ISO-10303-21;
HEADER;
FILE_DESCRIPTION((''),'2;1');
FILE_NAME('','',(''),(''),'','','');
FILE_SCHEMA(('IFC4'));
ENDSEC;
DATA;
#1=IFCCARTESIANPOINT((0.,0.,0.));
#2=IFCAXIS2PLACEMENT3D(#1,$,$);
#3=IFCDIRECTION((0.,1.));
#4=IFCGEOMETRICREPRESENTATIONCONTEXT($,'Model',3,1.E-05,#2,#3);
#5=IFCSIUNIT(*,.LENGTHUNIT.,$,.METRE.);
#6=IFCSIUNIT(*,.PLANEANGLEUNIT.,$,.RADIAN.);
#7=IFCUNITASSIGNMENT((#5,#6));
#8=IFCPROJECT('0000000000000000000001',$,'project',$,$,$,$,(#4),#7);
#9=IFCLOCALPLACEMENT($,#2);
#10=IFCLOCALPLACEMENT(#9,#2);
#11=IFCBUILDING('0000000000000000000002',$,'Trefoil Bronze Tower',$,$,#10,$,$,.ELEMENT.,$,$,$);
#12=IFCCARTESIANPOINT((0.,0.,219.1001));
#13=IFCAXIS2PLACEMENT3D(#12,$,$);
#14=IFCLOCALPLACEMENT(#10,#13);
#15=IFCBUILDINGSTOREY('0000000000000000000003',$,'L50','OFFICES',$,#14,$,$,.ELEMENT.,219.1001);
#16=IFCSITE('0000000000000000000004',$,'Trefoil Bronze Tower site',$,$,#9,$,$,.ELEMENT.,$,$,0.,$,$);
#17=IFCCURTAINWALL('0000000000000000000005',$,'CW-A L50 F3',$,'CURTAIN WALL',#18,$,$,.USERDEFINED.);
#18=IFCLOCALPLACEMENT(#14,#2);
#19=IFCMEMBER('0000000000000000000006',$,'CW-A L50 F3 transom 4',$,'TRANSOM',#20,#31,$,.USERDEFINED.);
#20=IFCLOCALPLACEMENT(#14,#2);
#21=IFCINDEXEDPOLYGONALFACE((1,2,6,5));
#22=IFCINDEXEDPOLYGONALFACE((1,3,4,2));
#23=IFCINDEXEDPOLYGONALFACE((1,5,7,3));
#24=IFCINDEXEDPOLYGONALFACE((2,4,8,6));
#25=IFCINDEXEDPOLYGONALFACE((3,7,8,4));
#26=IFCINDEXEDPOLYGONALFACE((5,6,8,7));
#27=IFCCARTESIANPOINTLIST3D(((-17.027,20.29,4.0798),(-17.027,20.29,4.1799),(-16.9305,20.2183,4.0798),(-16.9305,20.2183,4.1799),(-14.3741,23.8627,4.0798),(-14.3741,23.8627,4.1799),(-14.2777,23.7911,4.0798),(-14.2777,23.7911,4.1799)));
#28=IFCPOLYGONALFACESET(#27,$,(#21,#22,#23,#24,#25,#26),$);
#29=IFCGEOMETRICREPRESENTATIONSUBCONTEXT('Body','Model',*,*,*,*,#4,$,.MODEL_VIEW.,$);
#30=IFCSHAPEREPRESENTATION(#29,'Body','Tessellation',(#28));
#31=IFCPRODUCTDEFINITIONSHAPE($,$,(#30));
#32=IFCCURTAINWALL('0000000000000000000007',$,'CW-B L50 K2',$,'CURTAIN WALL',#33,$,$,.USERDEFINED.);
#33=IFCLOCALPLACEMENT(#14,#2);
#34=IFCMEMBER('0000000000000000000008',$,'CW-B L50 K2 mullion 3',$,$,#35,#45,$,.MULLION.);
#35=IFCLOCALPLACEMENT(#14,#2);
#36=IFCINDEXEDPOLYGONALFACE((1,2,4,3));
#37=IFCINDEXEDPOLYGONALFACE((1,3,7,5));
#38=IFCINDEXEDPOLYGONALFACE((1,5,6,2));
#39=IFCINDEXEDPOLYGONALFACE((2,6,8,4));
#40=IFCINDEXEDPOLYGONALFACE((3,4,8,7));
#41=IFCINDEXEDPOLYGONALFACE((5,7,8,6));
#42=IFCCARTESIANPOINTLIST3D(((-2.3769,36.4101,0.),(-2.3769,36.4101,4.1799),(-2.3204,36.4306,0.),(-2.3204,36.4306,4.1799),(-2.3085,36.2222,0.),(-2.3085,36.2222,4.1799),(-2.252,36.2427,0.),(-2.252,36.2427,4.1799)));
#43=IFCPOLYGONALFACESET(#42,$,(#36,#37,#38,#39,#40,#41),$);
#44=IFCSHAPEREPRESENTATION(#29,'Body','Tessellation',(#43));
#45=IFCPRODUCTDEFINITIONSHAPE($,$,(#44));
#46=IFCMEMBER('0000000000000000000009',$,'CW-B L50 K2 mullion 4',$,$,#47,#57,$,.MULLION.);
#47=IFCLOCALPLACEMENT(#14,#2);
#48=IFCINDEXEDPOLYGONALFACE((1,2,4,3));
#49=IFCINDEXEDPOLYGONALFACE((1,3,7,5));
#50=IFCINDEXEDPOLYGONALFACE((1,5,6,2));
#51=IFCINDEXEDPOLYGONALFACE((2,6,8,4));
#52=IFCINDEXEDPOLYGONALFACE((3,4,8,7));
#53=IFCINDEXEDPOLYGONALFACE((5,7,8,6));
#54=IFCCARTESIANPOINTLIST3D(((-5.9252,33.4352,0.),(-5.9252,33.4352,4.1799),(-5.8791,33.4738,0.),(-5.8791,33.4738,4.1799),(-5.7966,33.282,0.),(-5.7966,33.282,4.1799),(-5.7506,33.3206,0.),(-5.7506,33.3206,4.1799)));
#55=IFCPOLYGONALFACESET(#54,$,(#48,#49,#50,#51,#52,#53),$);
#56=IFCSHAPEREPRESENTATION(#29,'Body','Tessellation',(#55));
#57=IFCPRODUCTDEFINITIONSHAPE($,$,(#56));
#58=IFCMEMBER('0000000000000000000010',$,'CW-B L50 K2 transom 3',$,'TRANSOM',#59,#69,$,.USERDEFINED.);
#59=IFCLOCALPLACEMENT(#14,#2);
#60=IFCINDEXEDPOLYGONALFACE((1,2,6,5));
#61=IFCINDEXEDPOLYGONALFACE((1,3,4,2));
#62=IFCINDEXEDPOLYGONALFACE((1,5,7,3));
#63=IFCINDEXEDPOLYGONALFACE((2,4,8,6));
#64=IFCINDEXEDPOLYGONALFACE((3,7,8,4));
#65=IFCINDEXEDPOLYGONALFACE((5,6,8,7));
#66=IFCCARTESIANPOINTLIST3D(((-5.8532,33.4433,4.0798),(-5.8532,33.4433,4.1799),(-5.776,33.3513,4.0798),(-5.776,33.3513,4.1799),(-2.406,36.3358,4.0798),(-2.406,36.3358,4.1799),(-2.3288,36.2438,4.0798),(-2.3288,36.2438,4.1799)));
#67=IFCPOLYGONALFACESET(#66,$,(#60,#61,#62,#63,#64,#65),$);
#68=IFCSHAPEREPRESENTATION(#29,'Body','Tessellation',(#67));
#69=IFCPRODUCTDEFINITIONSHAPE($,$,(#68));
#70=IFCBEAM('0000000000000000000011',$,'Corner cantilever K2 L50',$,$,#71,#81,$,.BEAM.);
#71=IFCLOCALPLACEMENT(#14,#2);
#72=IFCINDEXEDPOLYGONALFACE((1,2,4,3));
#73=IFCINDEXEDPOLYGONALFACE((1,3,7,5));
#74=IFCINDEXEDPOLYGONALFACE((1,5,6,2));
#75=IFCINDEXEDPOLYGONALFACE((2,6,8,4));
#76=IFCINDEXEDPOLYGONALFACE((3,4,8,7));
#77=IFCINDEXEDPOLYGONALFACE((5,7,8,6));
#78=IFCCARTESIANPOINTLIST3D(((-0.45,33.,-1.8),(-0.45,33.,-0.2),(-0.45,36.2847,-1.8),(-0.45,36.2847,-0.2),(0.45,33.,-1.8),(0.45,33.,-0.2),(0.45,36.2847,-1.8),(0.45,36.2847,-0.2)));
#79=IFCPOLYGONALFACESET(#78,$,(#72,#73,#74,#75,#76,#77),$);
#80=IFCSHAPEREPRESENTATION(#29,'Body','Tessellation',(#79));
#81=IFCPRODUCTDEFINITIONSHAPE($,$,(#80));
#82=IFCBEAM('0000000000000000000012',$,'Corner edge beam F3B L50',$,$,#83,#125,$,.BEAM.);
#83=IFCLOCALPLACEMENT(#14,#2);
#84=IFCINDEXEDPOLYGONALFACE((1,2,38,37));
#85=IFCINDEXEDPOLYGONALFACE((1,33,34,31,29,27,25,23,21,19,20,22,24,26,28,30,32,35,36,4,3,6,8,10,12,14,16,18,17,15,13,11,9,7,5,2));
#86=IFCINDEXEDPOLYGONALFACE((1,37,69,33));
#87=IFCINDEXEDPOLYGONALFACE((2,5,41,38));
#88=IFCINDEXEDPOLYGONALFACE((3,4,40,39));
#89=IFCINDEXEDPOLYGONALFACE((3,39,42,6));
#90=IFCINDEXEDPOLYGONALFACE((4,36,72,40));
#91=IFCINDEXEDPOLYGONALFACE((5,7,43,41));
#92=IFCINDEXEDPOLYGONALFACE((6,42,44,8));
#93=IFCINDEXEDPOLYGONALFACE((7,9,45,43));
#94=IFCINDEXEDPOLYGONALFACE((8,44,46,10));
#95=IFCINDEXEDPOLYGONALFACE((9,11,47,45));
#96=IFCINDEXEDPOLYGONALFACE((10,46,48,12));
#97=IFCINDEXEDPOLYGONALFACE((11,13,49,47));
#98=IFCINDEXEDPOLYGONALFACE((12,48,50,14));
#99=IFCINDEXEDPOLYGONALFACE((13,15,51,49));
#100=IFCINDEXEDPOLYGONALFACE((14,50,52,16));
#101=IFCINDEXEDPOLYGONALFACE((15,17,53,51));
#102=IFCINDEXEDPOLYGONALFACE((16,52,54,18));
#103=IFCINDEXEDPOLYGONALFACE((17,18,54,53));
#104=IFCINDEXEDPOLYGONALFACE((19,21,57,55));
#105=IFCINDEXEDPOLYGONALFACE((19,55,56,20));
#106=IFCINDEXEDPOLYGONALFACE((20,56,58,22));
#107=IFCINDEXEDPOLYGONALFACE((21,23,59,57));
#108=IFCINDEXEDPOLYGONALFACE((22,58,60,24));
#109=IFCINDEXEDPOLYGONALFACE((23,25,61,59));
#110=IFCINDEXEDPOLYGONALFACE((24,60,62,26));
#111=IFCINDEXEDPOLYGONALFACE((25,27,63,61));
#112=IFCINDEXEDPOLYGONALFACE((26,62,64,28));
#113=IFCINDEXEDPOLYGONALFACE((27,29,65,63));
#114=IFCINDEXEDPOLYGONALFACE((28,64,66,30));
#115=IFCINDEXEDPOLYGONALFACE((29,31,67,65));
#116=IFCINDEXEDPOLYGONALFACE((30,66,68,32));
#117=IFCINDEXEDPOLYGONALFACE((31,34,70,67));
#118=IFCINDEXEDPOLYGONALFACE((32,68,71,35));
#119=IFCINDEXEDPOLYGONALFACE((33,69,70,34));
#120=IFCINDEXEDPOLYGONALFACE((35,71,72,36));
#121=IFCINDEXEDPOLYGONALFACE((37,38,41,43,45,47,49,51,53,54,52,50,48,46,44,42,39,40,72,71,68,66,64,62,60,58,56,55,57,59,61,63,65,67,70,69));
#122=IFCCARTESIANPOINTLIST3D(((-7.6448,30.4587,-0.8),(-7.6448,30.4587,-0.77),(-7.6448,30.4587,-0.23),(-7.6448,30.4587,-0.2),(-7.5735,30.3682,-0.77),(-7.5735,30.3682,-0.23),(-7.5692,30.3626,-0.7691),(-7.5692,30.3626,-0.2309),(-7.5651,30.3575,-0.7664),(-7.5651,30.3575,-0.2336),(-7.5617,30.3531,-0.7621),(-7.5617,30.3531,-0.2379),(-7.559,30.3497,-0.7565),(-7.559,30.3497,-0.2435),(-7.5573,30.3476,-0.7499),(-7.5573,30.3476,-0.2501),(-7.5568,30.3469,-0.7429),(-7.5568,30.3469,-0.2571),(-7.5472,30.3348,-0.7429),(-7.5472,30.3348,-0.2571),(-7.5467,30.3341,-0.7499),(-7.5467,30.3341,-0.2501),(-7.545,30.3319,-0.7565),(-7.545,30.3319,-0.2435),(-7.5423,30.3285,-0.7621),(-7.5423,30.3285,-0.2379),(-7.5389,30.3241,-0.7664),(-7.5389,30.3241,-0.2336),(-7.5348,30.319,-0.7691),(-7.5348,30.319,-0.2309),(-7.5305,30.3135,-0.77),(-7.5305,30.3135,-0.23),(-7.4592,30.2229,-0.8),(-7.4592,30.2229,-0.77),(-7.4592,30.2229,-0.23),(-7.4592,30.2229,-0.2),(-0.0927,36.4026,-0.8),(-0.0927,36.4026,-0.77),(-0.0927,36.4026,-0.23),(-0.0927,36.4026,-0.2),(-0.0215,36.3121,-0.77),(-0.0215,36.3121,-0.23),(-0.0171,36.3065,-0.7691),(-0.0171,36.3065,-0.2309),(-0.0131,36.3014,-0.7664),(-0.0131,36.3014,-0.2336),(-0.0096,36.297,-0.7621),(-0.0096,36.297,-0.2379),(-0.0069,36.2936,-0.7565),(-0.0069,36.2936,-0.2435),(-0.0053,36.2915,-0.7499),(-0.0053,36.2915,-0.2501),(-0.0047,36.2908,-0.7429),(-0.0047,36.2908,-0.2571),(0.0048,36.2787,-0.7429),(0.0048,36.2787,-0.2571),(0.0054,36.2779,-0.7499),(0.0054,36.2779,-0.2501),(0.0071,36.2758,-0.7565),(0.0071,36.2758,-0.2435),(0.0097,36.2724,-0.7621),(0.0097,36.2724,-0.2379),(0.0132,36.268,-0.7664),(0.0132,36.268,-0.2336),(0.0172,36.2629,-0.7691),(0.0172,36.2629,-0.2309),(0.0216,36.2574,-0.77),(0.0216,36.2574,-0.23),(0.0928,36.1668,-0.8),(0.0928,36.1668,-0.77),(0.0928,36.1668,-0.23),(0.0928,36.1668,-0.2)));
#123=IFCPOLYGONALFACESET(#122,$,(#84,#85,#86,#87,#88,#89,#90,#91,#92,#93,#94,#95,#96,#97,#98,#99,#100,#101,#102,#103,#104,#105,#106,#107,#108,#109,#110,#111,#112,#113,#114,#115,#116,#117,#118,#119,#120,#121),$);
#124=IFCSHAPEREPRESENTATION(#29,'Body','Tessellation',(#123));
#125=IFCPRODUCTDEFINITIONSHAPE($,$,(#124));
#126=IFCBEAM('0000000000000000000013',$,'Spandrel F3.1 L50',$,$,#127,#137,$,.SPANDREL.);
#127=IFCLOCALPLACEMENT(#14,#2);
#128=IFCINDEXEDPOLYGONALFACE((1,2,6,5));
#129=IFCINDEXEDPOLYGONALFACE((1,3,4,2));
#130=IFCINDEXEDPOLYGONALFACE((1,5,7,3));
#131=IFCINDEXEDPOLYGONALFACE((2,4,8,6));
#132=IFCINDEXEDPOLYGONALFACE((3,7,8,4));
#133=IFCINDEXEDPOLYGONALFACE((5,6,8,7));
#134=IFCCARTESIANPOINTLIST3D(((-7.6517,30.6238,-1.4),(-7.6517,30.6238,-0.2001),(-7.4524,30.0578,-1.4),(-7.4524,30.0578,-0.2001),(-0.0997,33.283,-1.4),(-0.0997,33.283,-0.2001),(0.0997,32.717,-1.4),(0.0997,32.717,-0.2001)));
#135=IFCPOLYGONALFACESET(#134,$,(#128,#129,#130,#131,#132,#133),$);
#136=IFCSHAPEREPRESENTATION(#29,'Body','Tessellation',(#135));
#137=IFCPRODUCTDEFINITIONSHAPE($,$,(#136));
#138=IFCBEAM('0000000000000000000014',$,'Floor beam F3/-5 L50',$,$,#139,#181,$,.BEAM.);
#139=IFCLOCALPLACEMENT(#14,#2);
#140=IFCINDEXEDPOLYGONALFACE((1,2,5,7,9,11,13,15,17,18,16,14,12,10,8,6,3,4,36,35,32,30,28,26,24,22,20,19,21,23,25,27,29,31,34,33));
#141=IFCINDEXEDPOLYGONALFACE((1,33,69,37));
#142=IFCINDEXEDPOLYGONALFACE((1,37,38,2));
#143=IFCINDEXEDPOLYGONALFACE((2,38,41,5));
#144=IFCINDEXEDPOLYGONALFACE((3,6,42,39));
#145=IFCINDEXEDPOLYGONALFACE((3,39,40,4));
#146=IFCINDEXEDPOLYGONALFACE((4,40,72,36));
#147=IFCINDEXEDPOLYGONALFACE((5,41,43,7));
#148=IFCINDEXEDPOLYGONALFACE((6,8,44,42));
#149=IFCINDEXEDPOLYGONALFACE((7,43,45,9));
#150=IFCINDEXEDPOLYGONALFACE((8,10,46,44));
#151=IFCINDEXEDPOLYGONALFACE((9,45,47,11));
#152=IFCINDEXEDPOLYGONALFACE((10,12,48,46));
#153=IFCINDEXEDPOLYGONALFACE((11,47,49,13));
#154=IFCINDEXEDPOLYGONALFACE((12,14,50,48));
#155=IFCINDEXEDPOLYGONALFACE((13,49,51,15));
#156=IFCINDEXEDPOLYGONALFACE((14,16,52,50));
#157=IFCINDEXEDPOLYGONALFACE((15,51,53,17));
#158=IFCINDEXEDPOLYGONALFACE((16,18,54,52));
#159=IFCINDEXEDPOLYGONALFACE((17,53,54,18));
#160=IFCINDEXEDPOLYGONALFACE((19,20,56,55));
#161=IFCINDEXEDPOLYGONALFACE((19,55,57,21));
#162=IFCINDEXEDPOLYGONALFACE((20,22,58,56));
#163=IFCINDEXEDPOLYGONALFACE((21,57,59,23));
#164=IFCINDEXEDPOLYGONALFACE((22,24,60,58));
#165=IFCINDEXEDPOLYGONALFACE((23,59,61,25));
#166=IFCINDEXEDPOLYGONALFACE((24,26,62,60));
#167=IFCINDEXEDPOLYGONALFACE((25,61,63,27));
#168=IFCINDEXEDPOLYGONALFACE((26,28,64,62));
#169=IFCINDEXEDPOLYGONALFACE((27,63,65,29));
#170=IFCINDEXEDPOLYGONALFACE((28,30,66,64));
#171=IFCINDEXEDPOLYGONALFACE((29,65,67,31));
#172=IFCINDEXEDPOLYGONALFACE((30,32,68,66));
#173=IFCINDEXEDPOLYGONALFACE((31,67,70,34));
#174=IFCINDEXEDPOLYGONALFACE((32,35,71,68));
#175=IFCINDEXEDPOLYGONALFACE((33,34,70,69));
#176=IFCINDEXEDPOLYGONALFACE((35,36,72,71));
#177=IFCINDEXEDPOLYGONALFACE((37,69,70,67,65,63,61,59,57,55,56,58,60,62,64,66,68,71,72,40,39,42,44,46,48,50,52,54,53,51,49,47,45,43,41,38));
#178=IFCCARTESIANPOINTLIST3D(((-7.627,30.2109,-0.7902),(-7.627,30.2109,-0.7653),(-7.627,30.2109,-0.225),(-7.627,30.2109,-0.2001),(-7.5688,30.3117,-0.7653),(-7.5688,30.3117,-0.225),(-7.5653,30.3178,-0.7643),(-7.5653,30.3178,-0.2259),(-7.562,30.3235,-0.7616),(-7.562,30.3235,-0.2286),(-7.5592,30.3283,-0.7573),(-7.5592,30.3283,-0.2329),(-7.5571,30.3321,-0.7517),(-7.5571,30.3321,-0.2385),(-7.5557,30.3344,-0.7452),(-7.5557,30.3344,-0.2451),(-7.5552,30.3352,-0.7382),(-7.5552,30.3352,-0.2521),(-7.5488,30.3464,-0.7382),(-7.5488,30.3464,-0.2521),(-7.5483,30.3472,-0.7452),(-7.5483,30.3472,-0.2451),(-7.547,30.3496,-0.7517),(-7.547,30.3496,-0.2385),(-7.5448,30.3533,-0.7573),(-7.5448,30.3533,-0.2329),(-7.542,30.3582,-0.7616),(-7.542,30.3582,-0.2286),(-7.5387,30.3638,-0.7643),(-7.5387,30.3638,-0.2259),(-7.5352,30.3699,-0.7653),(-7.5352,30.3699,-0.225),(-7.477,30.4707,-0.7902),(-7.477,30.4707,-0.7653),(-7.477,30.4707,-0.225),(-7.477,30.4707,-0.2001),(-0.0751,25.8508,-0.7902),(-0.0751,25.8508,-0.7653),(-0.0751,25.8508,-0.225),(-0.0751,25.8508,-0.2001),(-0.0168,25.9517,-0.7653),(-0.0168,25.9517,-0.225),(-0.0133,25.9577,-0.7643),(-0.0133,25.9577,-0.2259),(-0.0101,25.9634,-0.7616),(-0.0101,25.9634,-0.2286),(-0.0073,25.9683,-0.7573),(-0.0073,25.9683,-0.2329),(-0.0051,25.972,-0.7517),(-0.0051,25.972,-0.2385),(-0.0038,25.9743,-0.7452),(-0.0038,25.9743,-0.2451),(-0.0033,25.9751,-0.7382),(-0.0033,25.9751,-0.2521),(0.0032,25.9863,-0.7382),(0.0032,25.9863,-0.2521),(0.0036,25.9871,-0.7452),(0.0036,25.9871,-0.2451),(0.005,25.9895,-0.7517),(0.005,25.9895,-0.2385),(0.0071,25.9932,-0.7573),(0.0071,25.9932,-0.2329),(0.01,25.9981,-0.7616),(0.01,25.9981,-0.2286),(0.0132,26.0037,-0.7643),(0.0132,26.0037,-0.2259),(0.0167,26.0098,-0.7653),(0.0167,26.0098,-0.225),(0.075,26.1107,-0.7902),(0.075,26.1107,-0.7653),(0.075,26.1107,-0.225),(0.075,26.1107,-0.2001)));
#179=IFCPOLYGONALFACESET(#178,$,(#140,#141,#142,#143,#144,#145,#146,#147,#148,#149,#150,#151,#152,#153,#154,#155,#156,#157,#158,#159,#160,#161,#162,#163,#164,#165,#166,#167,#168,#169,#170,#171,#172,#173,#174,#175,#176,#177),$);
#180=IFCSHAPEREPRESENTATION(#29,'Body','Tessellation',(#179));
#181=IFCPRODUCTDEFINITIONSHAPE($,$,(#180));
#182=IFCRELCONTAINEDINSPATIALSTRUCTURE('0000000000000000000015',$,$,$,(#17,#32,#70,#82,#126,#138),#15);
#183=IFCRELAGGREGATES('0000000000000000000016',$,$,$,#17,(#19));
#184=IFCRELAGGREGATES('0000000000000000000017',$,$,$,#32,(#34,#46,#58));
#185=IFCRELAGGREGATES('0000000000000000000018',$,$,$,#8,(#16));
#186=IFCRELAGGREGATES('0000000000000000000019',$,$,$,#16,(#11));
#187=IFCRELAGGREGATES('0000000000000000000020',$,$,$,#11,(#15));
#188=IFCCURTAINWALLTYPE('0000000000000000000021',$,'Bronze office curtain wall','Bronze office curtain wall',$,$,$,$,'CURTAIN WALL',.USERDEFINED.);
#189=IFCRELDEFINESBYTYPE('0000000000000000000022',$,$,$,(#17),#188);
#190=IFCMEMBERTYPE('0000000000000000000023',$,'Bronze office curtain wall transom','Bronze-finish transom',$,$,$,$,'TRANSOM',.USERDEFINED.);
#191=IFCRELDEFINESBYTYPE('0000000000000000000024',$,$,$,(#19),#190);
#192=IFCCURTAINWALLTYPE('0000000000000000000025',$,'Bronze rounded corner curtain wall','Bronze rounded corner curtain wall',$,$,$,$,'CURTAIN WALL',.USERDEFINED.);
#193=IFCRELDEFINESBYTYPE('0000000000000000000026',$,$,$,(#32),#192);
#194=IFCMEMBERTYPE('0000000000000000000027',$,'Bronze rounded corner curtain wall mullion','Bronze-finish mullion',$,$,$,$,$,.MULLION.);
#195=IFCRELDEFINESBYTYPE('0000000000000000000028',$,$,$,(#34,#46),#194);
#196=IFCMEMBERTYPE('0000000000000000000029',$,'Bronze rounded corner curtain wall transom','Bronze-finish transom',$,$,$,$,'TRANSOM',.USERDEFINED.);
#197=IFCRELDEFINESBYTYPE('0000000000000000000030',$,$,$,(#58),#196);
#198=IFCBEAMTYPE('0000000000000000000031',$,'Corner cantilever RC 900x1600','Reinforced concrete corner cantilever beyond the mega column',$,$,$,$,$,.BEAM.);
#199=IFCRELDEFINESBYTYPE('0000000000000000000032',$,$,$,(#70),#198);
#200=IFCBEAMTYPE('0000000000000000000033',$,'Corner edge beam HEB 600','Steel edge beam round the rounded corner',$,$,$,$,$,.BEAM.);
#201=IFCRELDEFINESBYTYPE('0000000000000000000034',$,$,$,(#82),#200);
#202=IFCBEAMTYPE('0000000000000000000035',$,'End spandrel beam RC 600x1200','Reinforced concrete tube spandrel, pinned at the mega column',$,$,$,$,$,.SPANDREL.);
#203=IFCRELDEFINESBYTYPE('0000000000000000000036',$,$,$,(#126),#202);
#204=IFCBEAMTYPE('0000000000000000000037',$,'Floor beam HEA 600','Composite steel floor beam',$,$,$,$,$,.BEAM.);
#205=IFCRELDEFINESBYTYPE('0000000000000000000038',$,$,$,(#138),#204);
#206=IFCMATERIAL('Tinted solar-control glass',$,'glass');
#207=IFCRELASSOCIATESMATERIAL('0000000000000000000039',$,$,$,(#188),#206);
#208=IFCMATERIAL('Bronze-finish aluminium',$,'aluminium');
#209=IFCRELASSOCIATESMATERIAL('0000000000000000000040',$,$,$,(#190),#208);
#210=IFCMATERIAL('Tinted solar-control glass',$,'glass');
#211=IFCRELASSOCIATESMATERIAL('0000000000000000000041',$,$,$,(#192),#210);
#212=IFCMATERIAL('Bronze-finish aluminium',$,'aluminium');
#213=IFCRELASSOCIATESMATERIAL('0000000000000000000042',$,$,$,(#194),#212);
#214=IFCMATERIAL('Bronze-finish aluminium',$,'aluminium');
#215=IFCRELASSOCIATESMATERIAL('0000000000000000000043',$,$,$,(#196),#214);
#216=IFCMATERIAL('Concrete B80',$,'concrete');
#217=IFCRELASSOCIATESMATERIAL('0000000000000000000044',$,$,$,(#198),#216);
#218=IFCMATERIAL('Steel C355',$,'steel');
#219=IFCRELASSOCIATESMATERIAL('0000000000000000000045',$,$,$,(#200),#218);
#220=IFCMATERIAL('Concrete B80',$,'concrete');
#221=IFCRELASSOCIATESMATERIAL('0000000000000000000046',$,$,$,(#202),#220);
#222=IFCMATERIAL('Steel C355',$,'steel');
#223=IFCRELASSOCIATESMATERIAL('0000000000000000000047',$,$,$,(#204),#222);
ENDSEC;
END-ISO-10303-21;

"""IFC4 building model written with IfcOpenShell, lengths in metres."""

from ifc_helpers import new_model, si_unit, direction, frame, origin, origin_2d, place, context, subcontext, project, spatial, rectangle, i_section, extrude, material, material_profile, profile_set, type_object, element, aggregate, save


model = new_model("IFC4")

# Units and contexts
model_context = context("Model", 3, precision=1e-05, world=origin(), true_north=direction((0.0, 1.0)))
body_context = subcontext(model_context, "Body", "Model", "MODEL_VIEW")
ifc_project = project(units=[si_unit("LENGTHUNIT", "METRE"), si_unit("PLANEANGLEUNIT", "RADIAN")], contexts=[model_context])

# Site, building, storey
site_placement = place(None, origin())
site = spatial("IfcSite", under=ifc_project, at=site_placement, Name="Trefoil Bronze Tower site", CompositionType="ELEMENT", RefElevation=0.0)
building_placement = place(site_placement, origin())
building = spatial("IfcBuilding", under=site, at=building_placement, Name="Trefoil Bronze Tower", CompositionType="ELEMENT")
storey_placement = place(building_placement, frame((0.0, 0.0, 219.1001)))
storey = spatial("IfcBuildingStorey", under=building, at=storey_placement, Name="L50", Description="OFFICES", CompositionType="ELEMENT", Elevation=219.1001)

# Curtain walls, members
ifc_material_1 = material(Name="Tinted solar-control glass", Category="glass")
curtain_wall_type_1 = type_object("IfcCurtainWallType", Name="Bronze office curtain wall", Description="Bronze office curtain wall", ElementType="CURTAIN WALL", PredefinedType="USERDEFINED", material=ifc_material_1)
curtain_wall_1_placement = place(storey_placement, origin())
curtain_wall_1 = element("IfcCurtainWall", 1, at=curtain_wall_1_placement, inside=storey, type_object=curtain_wall_type_1, Name="CW-A L50 F3", ObjectType="CURTAIN WALL", PredefinedType="USERDEFINED")
ifc_material_2 = material(Name="Bronze-finish aluminium", Category="aluminium")
ifc_material_profile_1 = material_profile(ifc_material_2, rectangle(XDim=0.1201, YDim=0.1001, at=origin_2d()), Name="CW-A transom")
ifc_profile_set_1 = profile_set([ifc_material_profile_1], Name="Bronze-finish aluminium")
member_type_1 = type_object("IfcMemberType", Name="Bronze office curtain wall transom", Description="Bronze-finish transom", ElementType="TRANSOM", PredefinedType="USERDEFINED", material=ifc_profile_set_1)
member_1_placement = place(storey_placement, frame((-14.3259, 23.8269, 4.1299), z_axis=(-0.596148, -0.802874, 0.0), x_axis=(0.802874, -0.596148, 0.0)))
member_1 = element("IfcMember", 2, at=member_1_placement, type_object=member_type_1, Name="CW-A L50 F3 transom 4", ObjectType="TRANSOM", PredefinedType="USERDEFINED", context=body_context, shape_type="SweptSolid", body=[
    extrude(rectangle(XDim=0.1201, YDim=0.1001, at=origin_2d()), origin(), (0.0, 0.0, 1.0), 4.45),
])
ifc_material_3 = material(Name="Tinted solar-control glass", Category="glass")
curtain_wall_type_2 = type_object("IfcCurtainWallType", Name="Bronze rounded corner curtain wall", Description="Bronze rounded corner curtain wall", ElementType="CURTAIN WALL", PredefinedType="USERDEFINED", material=ifc_material_3)
curtain_wall_2_placement = place(storey_placement, origin())
curtain_wall_2 = element("IfcCurtainWall", 3, at=curtain_wall_2_placement, inside=storey, type_object=curtain_wall_type_2, Name="CW-B L50 K2", ObjectType="CURTAIN WALL", PredefinedType="USERDEFINED")
ifc_material_4 = material(Name="Bronze-finish aluminium", Category="aluminium")
ifc_material_profile_2 = material_profile(ifc_material_4, rectangle(XDim=0.2, YDim=0.0601, at=origin_2d()), Name="CW-B mullion")
ifc_profile_set_2 = profile_set([ifc_material_profile_2], Name="Bronze-finish aluminium")
member_type_2 = type_object("IfcMemberType", Name="Bronze rounded corner curtain wall mullion", Description="Bronze-finish mullion", PredefinedType="MULLION", material=ifc_profile_set_2)
member_2_placement = place(storey_placement, frame((-2.3145, 36.3264, 0.0), z_axis=(0.0, 0.0, 1.0), x_axis=(0.34202, -0.939693, 0.0)))
member_2 = element("IfcMember", 4, at=member_2_placement, type_object=member_type_2, Name="CW-B L50 K2 mullion 3", PredefinedType="MULLION", context=body_context, shape_type="SweptSolid", body=[
    extrude(rectangle(XDim=0.2, YDim=0.0601, at=origin_2d()), origin(), (0.0, 0.0, 1.0), 4.1799),
])
member_3_placement = place(storey_placement, frame((-5.8379, 33.3779, 0.0), z_axis=(0.0, 0.0, 1.0), x_axis=(0.642788, -0.766044, 0.0)))
member_3 = element("IfcMember", 5, at=member_3_placement, type_object=member_type_2, Name="CW-B L50 K2 mullion 4", PredefinedType="MULLION", context=body_context, shape_type="SweptSolid", body=[
    extrude(rectangle(XDim=0.2, YDim=0.0601, at=origin_2d()), origin(), (0.0, 0.0, 1.0), 4.1799),
])
ifc_material_5 = material(Name="Bronze-finish aluminium", Category="aluminium")
ifc_material_profile_3 = material_profile(ifc_material_5, rectangle(XDim=0.1201, YDim=0.1001, at=origin_2d()), Name="CW-B transom")
ifc_profile_set_3 = profile_set([ifc_material_profile_3], Name="Bronze-finish aluminium")
member_type_3 = type_object("IfcMemberType", Name="Bronze rounded corner curtain wall transom", Description="Bronze-finish transom", ElementType="TRANSOM", PredefinedType="USERDEFINED", material=ifc_profile_set_3)
member_4_placement = place(storey_placement, frame((-2.3674, 36.2898, 4.1299), z_axis=(-0.766047, -0.642785, 0.0), x_axis=(0.642785, -0.766047, 0.0)))
member_4 = element("IfcMember", 6, at=member_4_placement, type_object=member_type_3, Name="CW-B L50 K2 transom 3", ObjectType="TRANSOM", PredefinedType="USERDEFINED", context=body_context, shape_type="SweptSolid", body=[
    extrude(rectangle(XDim=0.1201, YDim=0.1001, at=origin_2d()), origin(), (0.0, 0.0, 1.0), 4.5),
])

# Beams
ifc_material_6 = material(Name="Concrete B80", Category="concrete")
ifc_material_profile_4 = material_profile(ifc_material_6, rectangle(XDim=0.8999, YDim=1.6001, at=origin_2d()), Name="RC 900x1600")
ifc_profile_set_4 = profile_set([ifc_material_profile_4], Name="Concrete B80")
beam_type_1 = type_object("IfcBeamType", Name="Corner cantilever RC 900x1600", Description="Reinforced concrete corner cantilever beyond the mega column", PredefinedType="BEAM", material=ifc_profile_set_4)
beam_1_placement = place(storey_placement, frame((0.0, 33.0, -1.0), z_axis=(0.0, 1.0, 0.0), x_axis=(-1.0, 0.0, 0.0)))
element("IfcBeam", 7, at=beam_1_placement, inside=storey, type_object=beam_type_1, Name="Corner cantilever K2 L50", PredefinedType="BEAM", context=body_context, shape_type="SweptSolid", body=[
    extrude(rectangle(XDim=0.8999, YDim=1.6001, at=origin_2d()), origin(), (0.0, 0.0, 1.0), 3.2847),
])
ifc_material_7 = material(Name="Steel C355", Category="steel")
ifc_material_profile_5 = material_profile(ifc_material_7, i_section(OverallWidth=0.3, OverallDepth=0.6001, WebThickness=0.0154, FlangeThickness=0.03, FilletRadius=0.0271, at=origin_2d()), Name="HEB 600")
ifc_profile_set_5 = profile_set([ifc_material_profile_5], Name="Steel C355")
beam_type_2 = type_object("IfcBeamType", Name="Corner edge beam HEB 600", Description="Steel edge beam round the rounded corner", PredefinedType="BEAM", material=ifc_profile_set_5)
beam_2_placement = place(storey_placement, frame((-7.552, 30.3408, -0.5), z_axis=(0.785806, 0.618473, 0.0), x_axis=(-0.618473, 0.785806, 0.0)))
element("IfcBeam", 8, at=beam_2_placement, inside=storey, type_object=beam_type_2, Name="Corner edge beam F3B L50", PredefinedType="BEAM", context=body_context, shape_type="SweptSolid", body=[
    extrude(i_section(OverallWidth=0.3, OverallDepth=0.6001, WebThickness=0.0154, FlangeThickness=0.03, FilletRadius=0.0271, at=origin_2d()), origin(), (0.0, 0.0, 1.0), 9.6106),
])
ifc_material_8 = material(Name="Concrete B80", Category="concrete")
ifc_material_profile_6 = material_profile(ifc_material_8, rectangle(XDim=0.6001, YDim=1.2, at=origin_2d()), Name="RC 600x1200")
ifc_profile_set_6 = profile_set([ifc_material_profile_6], Name="Concrete B80")
beam_type_3 = type_object("IfcBeamType", Name="End spandrel beam RC 600x1200", Description="Reinforced concrete tube spandrel, pinned at the mega column", PredefinedType="SPANDREL", material=ifc_profile_set_6)
beam_3_placement = place(storey_placement, frame((0.0, 33.0, -0.8), z_axis=(-0.943234, -0.332128, 0.0), x_axis=(0.332128, -0.943234, 0.0)))
element("IfcBeam", 9, at=beam_3_placement, inside=storey, type_object=beam_type_3, Name="Spandrel F3.1 L50", PredefinedType="SPANDREL", context=body_context, shape_type="SweptSolid", body=[
    extrude(rectangle(XDim=0.6001, YDim=1.2, at=origin_2d()), origin(), (0.0, 0.0, 1.0), 8.0066),
])
ifc_material_9 = material(Name="Steel C355", Category="steel")
ifc_material_profile_7 = material_profile(ifc_material_9, i_section(OverallWidth=0.3, OverallDepth=0.5901, WebThickness=0.0129, FlangeThickness=0.0249, FilletRadius=0.0271, at=origin_2d()), Name="HEA 600")
ifc_profile_set_7 = profile_set([ifc_material_profile_7], Name="Steel C355")
beam_type_4 = type_object("IfcBeamType", Name="Floor beam HEA 600", Description="Composite steel floor beam", PredefinedType="BEAM", material=ifc_profile_set_7)
beam_4_placement = place(storey_placement, frame((-7.552, 30.3408, -0.4951), z_axis=(0.866028, -0.499996, 0.0), x_axis=(0.499996, 0.866028, 0.0)))
element("IfcBeam", 10, at=beam_4_placement, inside=storey, type_object=beam_type_4, Name="Floor beam F3/-5 L50", PredefinedType="BEAM", context=body_context, shape_type="SweptSolid", body=[
    extrude(i_section(OverallWidth=0.3, OverallDepth=0.5901, WebThickness=0.0129, FlangeThickness=0.0249, FilletRadius=0.0271, at=origin_2d()), origin(), (0.0, 0.0, 1.0), 8.7202),
])

aggregate(curtain_wall_1, [member_1])
aggregate(curtain_wall_2, [member_2, member_3, member_4])

save(model, "model.ifc")
